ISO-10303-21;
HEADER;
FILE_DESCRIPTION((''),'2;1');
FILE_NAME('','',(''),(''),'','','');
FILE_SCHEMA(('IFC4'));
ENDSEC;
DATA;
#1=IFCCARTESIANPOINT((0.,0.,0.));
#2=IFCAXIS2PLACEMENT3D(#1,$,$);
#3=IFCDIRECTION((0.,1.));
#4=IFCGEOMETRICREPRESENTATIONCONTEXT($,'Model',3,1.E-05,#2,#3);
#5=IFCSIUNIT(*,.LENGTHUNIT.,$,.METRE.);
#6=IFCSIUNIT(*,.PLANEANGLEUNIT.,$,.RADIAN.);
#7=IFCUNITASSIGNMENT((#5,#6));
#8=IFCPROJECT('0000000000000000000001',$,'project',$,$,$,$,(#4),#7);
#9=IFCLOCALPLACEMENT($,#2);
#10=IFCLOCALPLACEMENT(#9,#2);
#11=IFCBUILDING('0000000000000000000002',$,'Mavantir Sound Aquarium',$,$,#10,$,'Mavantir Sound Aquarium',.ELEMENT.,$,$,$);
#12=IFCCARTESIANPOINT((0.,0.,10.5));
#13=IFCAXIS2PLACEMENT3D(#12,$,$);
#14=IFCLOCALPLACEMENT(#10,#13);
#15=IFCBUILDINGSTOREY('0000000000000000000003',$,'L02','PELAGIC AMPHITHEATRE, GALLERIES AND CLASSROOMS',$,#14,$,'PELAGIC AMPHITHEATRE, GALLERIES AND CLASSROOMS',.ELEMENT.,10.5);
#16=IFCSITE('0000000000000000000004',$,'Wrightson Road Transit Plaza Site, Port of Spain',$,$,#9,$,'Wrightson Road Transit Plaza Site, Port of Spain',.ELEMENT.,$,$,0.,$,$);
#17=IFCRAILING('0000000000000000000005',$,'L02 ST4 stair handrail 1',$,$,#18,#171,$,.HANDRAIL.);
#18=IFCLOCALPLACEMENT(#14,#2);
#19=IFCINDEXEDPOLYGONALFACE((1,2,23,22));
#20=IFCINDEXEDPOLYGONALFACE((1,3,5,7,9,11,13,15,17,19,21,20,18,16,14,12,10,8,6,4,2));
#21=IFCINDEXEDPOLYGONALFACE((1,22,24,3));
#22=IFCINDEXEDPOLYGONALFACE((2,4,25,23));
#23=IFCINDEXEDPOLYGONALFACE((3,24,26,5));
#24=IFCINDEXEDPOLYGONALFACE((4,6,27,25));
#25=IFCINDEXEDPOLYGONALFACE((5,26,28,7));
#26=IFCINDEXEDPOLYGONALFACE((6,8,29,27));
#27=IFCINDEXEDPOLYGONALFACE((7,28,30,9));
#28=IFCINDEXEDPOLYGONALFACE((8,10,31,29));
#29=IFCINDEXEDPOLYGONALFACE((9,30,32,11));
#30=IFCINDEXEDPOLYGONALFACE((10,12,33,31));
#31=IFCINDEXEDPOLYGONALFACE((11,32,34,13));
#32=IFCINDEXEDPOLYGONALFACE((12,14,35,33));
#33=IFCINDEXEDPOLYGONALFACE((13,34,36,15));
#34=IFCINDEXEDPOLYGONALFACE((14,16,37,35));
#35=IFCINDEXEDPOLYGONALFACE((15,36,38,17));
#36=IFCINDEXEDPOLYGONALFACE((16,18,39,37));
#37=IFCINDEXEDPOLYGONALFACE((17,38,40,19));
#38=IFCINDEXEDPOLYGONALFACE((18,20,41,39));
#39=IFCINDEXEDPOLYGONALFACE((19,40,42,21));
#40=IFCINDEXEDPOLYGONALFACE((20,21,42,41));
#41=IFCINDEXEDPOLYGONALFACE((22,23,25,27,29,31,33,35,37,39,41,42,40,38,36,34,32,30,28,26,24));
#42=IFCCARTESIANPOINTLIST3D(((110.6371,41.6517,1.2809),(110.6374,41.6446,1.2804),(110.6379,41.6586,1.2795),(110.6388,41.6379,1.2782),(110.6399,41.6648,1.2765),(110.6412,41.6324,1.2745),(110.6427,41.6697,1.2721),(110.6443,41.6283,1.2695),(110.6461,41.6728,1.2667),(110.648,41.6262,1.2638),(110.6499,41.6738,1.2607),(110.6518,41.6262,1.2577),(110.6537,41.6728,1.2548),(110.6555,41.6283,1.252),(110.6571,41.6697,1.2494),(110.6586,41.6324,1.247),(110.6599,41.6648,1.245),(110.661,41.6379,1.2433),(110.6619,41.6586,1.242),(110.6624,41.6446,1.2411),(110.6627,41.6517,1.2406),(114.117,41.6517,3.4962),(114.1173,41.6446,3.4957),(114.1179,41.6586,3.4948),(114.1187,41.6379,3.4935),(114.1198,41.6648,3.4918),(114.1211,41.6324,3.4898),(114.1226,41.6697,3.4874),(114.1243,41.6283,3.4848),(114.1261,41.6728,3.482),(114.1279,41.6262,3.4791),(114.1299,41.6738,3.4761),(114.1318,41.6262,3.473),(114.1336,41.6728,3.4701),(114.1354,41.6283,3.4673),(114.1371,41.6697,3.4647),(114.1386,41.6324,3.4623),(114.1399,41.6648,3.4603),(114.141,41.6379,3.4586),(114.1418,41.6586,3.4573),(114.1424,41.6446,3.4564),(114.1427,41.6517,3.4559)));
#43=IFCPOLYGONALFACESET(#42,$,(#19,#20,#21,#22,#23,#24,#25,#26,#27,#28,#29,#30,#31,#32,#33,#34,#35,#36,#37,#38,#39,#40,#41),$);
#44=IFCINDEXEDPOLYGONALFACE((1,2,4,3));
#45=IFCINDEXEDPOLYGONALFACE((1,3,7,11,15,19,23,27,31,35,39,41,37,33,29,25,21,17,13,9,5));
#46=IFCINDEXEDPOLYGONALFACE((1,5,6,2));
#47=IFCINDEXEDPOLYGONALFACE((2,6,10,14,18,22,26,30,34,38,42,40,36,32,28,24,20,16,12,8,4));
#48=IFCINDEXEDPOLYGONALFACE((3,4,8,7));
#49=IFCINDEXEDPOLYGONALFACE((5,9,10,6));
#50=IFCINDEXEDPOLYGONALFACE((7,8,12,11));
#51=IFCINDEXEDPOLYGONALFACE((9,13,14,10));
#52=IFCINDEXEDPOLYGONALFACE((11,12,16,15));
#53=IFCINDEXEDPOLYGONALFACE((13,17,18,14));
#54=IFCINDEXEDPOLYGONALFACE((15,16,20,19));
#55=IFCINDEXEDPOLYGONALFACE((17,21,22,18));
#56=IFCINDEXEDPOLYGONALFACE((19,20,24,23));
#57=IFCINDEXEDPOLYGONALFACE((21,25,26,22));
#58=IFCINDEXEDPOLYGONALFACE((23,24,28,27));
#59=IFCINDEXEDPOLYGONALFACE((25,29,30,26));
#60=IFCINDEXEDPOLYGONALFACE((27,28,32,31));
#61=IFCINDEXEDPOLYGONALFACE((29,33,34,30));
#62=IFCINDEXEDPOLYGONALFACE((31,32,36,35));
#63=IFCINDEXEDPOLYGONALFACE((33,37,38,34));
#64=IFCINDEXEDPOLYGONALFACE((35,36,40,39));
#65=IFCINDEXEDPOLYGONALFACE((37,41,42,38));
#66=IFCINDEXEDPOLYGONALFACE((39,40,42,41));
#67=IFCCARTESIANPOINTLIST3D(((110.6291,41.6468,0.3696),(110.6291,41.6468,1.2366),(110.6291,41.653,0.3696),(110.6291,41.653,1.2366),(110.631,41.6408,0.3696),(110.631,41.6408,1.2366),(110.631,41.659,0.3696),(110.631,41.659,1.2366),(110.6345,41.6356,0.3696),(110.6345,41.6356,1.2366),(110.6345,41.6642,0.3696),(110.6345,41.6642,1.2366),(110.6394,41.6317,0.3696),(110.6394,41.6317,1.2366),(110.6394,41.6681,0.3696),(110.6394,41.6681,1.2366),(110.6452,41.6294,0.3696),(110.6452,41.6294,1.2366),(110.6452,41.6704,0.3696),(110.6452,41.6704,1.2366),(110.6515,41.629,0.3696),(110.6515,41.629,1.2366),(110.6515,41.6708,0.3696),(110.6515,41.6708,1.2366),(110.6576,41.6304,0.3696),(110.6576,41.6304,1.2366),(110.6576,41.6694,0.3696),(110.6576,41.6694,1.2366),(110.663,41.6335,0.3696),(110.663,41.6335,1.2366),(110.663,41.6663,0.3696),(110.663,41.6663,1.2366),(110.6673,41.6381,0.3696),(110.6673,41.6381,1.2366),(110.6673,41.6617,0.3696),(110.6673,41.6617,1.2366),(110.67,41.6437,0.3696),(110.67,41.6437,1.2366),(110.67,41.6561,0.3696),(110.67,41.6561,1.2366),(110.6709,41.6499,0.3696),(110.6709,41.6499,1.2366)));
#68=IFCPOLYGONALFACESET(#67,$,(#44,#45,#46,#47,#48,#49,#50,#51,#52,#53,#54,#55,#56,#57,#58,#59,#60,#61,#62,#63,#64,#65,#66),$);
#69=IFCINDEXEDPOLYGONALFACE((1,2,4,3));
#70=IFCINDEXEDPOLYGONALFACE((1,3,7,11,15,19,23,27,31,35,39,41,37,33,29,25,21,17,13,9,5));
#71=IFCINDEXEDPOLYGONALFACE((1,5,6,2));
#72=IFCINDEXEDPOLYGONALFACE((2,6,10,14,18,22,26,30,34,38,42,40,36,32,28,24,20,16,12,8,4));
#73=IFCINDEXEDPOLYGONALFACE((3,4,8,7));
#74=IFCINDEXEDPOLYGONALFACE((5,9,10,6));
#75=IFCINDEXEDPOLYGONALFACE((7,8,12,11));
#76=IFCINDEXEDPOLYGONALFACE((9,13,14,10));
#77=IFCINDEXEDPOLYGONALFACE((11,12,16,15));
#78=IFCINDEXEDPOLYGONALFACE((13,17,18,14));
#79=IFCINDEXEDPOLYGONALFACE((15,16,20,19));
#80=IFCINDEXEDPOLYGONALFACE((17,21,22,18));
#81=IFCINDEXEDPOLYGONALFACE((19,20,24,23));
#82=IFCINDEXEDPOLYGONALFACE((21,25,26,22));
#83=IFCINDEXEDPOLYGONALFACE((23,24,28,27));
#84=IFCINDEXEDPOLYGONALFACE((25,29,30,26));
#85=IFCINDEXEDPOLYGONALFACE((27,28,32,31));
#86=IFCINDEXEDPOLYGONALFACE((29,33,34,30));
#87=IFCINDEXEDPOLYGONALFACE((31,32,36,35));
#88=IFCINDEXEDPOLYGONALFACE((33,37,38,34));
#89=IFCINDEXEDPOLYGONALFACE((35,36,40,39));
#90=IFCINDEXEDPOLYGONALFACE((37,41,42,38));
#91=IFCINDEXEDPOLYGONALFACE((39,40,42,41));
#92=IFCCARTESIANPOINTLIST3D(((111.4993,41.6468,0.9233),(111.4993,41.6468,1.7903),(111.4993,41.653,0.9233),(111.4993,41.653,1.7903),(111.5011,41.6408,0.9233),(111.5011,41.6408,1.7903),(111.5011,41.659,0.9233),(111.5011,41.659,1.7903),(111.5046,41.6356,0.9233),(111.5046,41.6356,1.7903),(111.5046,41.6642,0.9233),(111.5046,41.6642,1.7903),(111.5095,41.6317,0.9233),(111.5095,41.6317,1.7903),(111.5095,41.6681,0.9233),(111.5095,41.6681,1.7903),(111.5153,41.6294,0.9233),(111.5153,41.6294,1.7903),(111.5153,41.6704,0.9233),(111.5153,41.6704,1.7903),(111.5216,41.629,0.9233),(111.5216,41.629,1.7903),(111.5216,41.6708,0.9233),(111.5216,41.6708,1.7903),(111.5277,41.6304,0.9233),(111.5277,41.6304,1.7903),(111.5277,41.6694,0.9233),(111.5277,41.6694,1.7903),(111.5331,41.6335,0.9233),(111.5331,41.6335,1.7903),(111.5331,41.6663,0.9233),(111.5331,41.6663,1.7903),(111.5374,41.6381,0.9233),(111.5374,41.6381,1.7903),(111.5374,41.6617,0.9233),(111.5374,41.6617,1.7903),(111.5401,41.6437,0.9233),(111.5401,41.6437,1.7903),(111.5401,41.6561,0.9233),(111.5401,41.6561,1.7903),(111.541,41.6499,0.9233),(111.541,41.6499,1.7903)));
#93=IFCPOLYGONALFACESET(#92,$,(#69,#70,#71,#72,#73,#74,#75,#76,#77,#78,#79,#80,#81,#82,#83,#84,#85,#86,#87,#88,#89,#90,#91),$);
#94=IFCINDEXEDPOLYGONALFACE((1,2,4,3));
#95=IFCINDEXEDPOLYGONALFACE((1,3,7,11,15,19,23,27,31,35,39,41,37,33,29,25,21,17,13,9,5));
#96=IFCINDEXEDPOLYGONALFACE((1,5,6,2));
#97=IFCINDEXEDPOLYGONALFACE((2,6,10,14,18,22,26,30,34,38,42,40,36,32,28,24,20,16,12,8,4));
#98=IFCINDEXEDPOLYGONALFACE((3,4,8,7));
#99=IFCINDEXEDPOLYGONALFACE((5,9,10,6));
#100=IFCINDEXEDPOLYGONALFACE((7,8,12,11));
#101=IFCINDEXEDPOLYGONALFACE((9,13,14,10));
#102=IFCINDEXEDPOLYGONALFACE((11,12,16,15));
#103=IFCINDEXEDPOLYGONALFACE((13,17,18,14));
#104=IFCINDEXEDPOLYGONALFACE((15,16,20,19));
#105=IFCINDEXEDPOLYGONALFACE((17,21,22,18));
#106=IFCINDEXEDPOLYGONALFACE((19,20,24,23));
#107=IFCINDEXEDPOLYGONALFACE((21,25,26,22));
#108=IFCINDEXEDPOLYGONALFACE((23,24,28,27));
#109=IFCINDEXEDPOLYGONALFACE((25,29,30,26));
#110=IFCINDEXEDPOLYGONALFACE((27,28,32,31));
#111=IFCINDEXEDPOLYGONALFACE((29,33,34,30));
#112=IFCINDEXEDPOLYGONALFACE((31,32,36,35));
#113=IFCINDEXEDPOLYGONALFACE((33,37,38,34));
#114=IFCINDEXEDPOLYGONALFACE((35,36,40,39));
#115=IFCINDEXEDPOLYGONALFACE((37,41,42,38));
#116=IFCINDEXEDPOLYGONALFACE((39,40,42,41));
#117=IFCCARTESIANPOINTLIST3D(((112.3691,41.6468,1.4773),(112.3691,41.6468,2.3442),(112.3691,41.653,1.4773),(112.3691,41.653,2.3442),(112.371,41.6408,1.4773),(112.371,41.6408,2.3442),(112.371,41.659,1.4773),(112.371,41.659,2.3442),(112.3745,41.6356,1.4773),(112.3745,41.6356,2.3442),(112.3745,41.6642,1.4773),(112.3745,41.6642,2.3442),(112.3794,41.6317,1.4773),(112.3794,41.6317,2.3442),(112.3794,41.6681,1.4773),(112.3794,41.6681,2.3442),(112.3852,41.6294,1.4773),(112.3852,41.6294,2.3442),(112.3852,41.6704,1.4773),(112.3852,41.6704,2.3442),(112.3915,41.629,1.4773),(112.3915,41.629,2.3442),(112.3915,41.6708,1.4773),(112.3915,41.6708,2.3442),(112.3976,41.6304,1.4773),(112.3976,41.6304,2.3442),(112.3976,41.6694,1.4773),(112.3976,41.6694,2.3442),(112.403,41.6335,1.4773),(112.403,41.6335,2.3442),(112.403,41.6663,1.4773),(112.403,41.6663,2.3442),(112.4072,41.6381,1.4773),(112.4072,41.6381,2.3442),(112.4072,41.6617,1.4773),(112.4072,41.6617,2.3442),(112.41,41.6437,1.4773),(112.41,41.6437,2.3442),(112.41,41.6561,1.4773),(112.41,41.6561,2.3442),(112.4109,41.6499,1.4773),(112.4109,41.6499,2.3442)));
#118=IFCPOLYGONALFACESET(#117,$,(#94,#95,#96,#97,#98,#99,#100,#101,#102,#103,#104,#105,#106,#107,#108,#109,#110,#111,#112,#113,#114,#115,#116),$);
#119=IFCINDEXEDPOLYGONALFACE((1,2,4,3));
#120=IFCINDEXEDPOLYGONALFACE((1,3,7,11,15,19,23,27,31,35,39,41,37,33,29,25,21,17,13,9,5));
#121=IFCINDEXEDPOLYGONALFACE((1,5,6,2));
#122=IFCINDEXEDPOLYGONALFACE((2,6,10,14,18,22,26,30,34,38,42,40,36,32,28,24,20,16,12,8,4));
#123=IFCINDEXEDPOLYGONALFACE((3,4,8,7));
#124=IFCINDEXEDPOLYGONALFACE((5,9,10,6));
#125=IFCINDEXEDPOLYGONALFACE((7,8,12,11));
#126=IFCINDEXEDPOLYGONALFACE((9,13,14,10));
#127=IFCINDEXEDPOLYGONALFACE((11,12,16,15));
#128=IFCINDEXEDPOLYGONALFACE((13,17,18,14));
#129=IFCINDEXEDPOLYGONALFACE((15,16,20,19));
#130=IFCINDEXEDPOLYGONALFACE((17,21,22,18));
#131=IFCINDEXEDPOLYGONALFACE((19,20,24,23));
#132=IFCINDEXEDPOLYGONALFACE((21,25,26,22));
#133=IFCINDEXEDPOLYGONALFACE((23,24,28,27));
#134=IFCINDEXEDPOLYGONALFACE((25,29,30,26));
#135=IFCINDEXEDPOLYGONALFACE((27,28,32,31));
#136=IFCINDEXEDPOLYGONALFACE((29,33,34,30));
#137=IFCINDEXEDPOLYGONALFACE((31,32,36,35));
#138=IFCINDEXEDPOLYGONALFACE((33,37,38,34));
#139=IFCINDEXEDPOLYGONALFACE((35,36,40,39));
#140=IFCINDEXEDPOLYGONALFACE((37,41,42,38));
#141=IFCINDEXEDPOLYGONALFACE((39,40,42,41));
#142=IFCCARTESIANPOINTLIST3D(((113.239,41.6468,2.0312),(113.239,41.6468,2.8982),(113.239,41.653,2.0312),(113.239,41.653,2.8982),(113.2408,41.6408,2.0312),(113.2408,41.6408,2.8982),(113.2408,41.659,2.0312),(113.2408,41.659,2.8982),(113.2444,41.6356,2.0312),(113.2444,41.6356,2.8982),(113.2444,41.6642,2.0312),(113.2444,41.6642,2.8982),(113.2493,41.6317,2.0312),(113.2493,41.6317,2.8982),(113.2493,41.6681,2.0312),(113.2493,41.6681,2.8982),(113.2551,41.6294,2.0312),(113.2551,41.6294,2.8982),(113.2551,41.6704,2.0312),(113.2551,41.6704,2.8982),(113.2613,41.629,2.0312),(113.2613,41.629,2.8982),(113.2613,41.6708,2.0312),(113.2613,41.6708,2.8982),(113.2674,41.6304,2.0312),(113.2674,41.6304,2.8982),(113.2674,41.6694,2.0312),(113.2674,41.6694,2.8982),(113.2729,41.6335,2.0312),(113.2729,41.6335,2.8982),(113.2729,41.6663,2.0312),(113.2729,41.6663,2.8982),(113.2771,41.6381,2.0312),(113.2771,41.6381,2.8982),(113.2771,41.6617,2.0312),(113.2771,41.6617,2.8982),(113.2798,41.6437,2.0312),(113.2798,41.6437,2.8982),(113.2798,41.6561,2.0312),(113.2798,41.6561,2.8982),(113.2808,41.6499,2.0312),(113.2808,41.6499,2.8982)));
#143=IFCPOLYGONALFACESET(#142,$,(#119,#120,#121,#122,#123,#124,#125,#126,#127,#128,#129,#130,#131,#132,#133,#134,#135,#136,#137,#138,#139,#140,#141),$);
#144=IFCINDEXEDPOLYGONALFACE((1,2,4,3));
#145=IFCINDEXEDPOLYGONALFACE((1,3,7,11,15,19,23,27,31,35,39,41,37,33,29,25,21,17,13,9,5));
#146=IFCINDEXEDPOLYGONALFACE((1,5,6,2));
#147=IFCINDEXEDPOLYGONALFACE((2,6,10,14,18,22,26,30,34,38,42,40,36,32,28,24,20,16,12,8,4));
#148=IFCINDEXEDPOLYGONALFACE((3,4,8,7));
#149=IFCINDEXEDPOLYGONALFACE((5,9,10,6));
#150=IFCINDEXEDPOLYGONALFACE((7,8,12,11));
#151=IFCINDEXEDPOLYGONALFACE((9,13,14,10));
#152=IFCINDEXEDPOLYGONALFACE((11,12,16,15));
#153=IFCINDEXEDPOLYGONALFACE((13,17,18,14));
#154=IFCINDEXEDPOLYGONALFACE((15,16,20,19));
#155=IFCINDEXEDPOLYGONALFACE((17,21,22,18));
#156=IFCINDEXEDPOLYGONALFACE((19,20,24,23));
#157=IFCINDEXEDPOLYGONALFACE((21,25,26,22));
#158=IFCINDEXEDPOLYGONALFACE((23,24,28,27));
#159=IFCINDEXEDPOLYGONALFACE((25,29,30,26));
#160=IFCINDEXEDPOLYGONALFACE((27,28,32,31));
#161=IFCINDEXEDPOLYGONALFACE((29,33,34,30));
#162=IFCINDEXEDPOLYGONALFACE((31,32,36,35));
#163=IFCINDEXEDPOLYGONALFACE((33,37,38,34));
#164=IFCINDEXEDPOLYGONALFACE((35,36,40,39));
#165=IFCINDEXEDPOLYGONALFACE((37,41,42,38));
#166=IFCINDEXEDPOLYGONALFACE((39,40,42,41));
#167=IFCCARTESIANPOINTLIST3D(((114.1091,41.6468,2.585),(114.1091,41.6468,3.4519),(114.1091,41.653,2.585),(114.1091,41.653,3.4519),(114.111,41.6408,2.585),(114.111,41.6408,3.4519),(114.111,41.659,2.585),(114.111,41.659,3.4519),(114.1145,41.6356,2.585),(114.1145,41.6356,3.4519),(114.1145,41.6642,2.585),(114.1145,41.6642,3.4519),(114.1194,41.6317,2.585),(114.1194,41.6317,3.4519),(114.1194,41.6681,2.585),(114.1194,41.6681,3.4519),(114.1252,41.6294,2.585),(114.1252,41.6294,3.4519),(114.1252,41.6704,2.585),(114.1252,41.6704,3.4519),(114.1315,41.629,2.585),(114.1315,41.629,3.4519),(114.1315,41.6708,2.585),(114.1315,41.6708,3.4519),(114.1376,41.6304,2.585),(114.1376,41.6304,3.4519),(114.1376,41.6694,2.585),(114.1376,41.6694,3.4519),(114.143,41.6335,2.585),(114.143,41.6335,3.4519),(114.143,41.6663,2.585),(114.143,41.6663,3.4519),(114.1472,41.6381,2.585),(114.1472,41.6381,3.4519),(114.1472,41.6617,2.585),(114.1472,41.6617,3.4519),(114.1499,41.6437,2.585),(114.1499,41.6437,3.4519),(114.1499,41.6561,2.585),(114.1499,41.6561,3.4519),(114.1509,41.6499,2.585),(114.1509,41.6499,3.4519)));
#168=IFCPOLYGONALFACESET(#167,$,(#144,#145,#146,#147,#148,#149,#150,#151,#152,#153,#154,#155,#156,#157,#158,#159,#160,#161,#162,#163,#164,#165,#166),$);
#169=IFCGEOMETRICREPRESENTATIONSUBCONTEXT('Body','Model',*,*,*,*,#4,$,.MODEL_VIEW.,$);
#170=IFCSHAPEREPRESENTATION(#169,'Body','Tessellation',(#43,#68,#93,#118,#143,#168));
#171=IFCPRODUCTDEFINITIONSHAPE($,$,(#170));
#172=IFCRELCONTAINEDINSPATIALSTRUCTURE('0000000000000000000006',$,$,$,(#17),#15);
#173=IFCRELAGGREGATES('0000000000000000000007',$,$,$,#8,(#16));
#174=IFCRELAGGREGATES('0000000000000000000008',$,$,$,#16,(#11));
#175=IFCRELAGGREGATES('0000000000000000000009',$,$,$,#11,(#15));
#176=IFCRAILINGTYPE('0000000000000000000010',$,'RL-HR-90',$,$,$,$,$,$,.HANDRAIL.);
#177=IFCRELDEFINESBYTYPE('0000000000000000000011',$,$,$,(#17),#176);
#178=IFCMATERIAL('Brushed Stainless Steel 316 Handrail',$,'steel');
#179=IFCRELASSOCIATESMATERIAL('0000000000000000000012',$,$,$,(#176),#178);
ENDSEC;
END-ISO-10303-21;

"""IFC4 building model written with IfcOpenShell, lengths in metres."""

from ifc_helpers import new_model, si_unit, direction, frame, origin, origin_2d, place, context, subcontext, project, spatial, circle, extrude, material, type_object, element, save


model = new_model("IFC4")

# Units and contexts
model_context = context("Model", 3, precision=1e-05, world=origin(), true_north=direction((0.0, 1.0)))
body_context = subcontext(model_context, "Body", "Model", "MODEL_VIEW")
ifc_project = project(units=[si_unit("LENGTHUNIT", "METRE"), si_unit("PLANEANGLEUNIT", "RADIAN")], contexts=[model_context])

# Site, building, storey
site_placement = place(None, origin())
site = spatial("IfcSite", under=ifc_project, at=site_placement, Name="Wrightson Road Transit Plaza Site, Port of Spain", LongName="Wrightson Road Transit Plaza Site, Port of Spain", CompositionType="ELEMENT", RefElevation=0.0)
building_placement = place(site_placement, origin())
building = spatial("IfcBuilding", under=site, at=building_placement, Name="Mavantir Sound Aquarium", LongName="Mavantir Sound Aquarium", CompositionType="ELEMENT")
storey_placement = place(building_placement, frame((0.0, 0.0, 10.5)))
storey = spatial("IfcBuildingStorey", under=building, at=storey_placement, Name="L02", Description="PELAGIC AMPHITHEATRE, GALLERIES AND CLASSROOMS", LongName="PELAGIC AMPHITHEATRE, GALLERIES AND CLASSROOMS", CompositionType="ELEMENT", Elevation=10.5)

# Railing
ifc_material_1 = material(Name="Brushed Stainless Steel 316 Handrail", Category="steel")
railing_type_1 = type_object("IfcRailingType", Name="RL-HR-90", PredefinedType="HANDRAIL", material=ifc_material_1)
railing_1_placement = place(storey_placement, frame((110.6499, 41.6499, 0.3696)))
element("IfcRailing", 1, at=railing_1_placement, inside=storey, type_object=railing_type_1, Name="L02 ST4 stair handrail 1", PredefinedType="HANDRAIL", context=body_context, shape_type="SweptSolid", body=[
    extrude(circle(Radius=0.0239, at=origin_2d()), frame((0.0, 0.0, 0.8911), z_axis=(0.843574, 0.0, 0.537013), x_axis=(0.0, 1.0, 0.0)), (0.0, 0.0, 1.0), 4.1252),
    extrude(circle(Radius=0.021, at=origin_2d()), origin(), (0.0, 0.0, 1.0), 0.8669),
    extrude(circle(Radius=0.021, at=origin_2d()), frame((0.8701, 0.0, 0.5537)), (0.0, 0.0, 1.0), 0.8669),
    extrude(circle(Radius=0.021, at=origin_2d()), frame((1.74, 0.0, 1.1077)), (0.0, 0.0, 1.0), 0.8669),
    extrude(circle(Radius=0.021, at=origin_2d()), frame((2.6099, 0.0, 1.6616)), (0.0, 0.0, 1.0), 0.8669),
    extrude(circle(Radius=0.021, at=origin_2d()), frame((3.48, 0.0, 2.2153)), (0.0, 0.0, 1.0), 0.8669),
])

save(model, "model.ifc")
